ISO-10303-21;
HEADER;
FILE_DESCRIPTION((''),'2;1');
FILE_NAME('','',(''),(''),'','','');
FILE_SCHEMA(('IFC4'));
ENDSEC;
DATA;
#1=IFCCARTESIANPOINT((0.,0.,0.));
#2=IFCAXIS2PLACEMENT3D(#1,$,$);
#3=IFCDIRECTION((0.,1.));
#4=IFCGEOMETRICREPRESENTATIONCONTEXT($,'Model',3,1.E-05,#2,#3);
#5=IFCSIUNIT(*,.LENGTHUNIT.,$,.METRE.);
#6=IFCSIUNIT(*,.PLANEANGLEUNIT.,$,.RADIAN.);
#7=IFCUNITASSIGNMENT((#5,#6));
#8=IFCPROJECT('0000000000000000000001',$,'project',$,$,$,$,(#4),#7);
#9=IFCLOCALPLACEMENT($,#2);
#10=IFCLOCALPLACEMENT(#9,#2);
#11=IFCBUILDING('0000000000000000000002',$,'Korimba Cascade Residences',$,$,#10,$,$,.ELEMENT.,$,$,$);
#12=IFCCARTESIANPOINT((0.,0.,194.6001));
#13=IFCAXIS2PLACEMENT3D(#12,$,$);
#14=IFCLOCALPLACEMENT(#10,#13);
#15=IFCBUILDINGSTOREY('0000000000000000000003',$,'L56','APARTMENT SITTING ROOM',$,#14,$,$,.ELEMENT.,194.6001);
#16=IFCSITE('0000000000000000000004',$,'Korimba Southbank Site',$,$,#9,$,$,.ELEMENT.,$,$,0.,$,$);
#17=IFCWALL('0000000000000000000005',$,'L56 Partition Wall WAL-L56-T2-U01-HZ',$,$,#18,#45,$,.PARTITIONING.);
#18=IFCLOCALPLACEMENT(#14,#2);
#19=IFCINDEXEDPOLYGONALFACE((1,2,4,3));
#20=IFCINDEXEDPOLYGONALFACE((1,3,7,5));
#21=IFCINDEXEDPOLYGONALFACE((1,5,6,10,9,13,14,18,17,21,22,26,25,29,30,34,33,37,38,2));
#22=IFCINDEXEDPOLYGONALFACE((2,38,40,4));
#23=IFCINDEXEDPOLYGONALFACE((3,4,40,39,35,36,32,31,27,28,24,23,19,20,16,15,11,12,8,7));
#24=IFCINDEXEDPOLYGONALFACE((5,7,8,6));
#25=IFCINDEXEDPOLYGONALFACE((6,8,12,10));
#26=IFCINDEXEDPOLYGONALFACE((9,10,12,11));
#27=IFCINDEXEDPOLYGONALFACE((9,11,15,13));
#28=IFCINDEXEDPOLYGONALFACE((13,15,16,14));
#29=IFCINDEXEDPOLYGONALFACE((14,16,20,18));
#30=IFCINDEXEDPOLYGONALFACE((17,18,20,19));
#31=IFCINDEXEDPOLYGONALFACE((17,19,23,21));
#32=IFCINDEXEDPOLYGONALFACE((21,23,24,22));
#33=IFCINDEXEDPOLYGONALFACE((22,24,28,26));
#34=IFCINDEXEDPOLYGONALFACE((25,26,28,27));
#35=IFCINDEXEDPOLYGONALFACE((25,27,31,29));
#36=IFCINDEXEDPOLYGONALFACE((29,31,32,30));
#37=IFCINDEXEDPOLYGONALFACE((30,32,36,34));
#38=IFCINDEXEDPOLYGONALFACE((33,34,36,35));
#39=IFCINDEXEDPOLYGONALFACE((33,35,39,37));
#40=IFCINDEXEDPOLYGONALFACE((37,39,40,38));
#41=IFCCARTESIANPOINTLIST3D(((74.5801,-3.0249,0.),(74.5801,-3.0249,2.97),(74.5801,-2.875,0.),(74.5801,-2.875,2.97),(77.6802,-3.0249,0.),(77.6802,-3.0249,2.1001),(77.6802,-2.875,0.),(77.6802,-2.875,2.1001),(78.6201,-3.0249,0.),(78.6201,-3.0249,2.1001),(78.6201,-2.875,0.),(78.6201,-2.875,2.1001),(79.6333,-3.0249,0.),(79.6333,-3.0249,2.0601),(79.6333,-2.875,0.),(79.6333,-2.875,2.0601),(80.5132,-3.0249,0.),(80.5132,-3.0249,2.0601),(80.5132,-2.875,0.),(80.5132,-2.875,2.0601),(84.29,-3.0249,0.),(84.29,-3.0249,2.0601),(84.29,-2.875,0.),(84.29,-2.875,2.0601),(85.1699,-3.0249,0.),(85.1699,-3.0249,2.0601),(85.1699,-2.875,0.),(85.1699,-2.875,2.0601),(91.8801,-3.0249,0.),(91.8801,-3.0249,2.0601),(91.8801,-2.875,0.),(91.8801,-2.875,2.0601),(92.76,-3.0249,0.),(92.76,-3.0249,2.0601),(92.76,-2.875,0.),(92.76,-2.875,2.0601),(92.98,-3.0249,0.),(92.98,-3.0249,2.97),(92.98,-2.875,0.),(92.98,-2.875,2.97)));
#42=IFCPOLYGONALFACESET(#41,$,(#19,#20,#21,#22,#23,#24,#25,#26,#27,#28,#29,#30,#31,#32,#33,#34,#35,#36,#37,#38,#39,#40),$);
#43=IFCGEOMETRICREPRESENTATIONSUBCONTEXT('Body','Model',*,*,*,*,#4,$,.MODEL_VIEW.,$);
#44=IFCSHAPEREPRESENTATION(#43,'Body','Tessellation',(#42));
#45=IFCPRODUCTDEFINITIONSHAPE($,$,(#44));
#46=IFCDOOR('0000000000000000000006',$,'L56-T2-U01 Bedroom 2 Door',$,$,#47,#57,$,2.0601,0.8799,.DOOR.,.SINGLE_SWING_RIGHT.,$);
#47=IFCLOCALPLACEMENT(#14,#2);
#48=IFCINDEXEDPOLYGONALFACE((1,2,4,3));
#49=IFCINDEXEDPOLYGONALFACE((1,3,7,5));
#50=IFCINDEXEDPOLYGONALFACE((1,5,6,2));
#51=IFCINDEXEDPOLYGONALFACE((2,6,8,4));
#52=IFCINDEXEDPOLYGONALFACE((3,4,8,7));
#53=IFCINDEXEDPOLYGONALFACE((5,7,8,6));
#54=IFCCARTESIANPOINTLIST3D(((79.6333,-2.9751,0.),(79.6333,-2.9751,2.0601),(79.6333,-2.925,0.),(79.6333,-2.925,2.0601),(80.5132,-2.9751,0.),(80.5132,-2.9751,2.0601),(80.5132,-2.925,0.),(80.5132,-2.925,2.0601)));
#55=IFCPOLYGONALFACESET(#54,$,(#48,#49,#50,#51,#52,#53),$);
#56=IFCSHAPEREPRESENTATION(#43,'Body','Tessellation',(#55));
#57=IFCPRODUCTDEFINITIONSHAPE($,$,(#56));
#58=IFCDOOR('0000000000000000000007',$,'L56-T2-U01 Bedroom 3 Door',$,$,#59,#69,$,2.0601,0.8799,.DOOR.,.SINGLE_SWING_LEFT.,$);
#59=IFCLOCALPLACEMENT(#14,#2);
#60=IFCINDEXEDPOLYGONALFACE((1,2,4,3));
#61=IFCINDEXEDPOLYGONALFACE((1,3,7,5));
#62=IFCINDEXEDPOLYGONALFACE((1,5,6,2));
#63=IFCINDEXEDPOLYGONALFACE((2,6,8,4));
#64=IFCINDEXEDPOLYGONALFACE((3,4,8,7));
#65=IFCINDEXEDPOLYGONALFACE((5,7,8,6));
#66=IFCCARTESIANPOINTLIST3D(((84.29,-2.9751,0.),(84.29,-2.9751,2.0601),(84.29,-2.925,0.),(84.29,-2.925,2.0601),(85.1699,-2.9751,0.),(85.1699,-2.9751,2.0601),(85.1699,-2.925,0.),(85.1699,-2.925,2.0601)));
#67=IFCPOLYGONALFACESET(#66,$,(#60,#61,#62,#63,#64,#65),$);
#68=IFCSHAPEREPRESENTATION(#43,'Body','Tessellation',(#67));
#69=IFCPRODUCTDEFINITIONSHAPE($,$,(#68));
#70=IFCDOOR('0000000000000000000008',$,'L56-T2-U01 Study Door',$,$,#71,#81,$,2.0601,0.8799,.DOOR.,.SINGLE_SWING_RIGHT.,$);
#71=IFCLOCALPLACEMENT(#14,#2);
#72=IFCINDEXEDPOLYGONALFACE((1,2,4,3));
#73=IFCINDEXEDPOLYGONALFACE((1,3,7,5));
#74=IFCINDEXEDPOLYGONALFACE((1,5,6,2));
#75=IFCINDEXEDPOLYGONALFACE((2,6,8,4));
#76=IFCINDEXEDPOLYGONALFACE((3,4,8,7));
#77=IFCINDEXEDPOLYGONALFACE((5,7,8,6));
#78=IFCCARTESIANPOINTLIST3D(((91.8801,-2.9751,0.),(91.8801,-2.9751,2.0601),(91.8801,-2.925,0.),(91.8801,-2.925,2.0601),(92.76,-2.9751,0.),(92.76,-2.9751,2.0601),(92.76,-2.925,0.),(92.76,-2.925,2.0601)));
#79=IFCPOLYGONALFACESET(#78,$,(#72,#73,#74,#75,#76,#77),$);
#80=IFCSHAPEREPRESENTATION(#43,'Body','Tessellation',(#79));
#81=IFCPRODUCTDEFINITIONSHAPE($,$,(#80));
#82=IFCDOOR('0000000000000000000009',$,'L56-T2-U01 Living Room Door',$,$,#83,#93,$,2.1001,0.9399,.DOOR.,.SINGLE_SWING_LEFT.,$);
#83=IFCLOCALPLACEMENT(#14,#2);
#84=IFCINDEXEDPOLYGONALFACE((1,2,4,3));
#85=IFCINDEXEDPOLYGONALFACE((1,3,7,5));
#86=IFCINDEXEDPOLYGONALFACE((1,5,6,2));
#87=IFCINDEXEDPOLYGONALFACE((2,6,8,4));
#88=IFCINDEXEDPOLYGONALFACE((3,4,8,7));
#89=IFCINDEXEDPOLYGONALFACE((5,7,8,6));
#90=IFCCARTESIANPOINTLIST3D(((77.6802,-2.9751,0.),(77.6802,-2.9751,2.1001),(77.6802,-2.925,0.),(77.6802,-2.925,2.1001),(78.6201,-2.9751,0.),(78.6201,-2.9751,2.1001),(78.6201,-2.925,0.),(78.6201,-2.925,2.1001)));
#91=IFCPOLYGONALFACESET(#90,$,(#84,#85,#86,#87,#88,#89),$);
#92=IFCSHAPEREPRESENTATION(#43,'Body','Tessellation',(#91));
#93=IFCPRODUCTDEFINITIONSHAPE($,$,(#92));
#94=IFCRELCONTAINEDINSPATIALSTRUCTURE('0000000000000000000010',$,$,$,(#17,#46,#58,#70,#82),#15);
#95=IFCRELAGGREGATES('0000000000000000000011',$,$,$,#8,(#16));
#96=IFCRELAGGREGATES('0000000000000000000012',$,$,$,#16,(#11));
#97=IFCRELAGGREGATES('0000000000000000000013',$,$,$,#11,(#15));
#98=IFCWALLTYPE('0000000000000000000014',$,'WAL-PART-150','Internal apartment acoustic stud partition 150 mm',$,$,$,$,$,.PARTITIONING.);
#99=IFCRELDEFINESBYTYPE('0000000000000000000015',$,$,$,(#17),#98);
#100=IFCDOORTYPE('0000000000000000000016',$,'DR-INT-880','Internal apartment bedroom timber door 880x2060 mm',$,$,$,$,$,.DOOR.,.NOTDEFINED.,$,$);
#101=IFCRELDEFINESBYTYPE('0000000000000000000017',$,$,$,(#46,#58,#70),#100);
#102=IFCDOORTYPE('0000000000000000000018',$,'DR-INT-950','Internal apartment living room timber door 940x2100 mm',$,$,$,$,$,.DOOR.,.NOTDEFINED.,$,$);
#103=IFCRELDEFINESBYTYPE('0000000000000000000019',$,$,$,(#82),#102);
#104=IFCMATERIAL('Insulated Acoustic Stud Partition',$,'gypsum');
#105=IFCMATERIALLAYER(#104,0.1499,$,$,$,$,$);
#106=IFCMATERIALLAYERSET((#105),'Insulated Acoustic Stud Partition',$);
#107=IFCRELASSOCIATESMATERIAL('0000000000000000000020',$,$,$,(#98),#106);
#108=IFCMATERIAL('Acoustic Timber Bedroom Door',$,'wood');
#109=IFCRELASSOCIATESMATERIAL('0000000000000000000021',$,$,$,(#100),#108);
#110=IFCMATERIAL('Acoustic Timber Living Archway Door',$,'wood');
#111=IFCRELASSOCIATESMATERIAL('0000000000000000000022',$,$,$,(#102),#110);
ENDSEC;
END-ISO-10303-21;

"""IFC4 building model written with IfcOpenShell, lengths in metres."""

from ifc_helpers import new_model, si_unit, direction, frame, frame_2d, origin, place, context, subcontext, project, spatial, rectangle, extrude, material, layer, layer_set, type_object, element, fill, save


model = new_model("IFC4")

# Units and contexts
model_context = context("Model", 3, precision=1e-05, world=origin(), true_north=direction((0.0, 1.0)))
body_context = subcontext(model_context, "Body", "Model", "MODEL_VIEW")
ifc_project = project(units=[si_unit("LENGTHUNIT", "METRE"), si_unit("PLANEANGLEUNIT", "RADIAN")], contexts=[model_context])

# Site, building, storey
site_placement = place(None, origin())
site = spatial("IfcSite", under=ifc_project, at=site_placement, Name="Korimba Southbank Site", CompositionType="ELEMENT", RefElevation=0.0)
building_placement = place(site_placement, origin())
building = spatial("IfcBuilding", under=site, at=building_placement, Name="Korimba Cascade Residences", CompositionType="ELEMENT")
storey_placement = place(building_placement, frame((0.0, 0.0, 194.6001)))
storey = spatial("IfcBuildingStorey", under=building, at=storey_placement, Name="L56", Description="APARTMENT SITTING ROOM", CompositionType="ELEMENT", Elevation=194.6001)

# Shared definitions
ifc_material_1 = material(Name="Insulated Acoustic Stud Partition", Category="gypsum")
ifc_layer_1 = layer(ifc_material_1, 0.1499)
ifc_layer_set_1 = layer_set([ifc_layer_1], Name="Insulated Acoustic Stud Partition")
wall_type_1 = type_object("IfcWallType", Name="WAL-PART-150", Description="Internal apartment acoustic stud partition 150 mm", PredefinedType="PARTITIONING", material=ifc_layer_set_1)
ifc_material_2 = material(Name="Acoustic Timber Bedroom Door", Category="wood")
door_type_1 = type_object("IfcDoorType", Name="DR-INT-880", Description="Internal apartment bedroom timber door 880x2060 mm", OperationType="NOTDEFINED", PredefinedType="DOOR", material=ifc_material_2)

# Wall, openings, doors
wall_1_placement = place(storey_placement, frame((74.5801, -2.95, 0.0), z_axis=(0.0, 0.0, 1.0), x_axis=(1.0, 0.0, 0.0)))
wall_1 = element("IfcWall", 1, at=wall_1_placement, inside=storey, type_object=wall_type_1, Name="L56 Partition Wall WAL-L56-T2-U01-HZ", PredefinedType="PARTITIONING", context=body_context, shape_type="SweptSolid", body=[
    extrude(rectangle(XDim=18.3999, YDim=0.1499, at=frame_2d((9.2, 0.0))), origin(), (0.0, 0.0, 1.0), 2.97),
])
opening_1_placement = place(wall_1_placement, frame((3.1001, 0.0, 0.0)))
opening_1 = element("IfcOpeningElement", 2, at=opening_1_placement, cuts=wall_1, PredefinedType="OPENING", context=body_context, shape_type="SweptSolid", body=[
    extrude(rectangle(XDim=0.9399, YDim=2.1001, at=frame_2d((0.47, 1.05))), frame((0.0, 0.085, 0.0), z_axis=(0.0, -1.0, 0.0), x_axis=(1.0, 0.0, 0.0)), (0.0, 0.0, 1.0), 0.1699),
])
opening_2_placement = place(wall_1_placement, frame((5.0532, 0.0, 0.0)))
opening_2 = element("IfcOpeningElement", 3, at=opening_2_placement, cuts=wall_1, PredefinedType="OPENING", context=body_context, shape_type="SweptSolid", body=[
    extrude(rectangle(XDim=0.8799, YDim=2.0601, at=frame_2d((0.4399, 1.03))), frame((0.0, 0.085, 0.0), z_axis=(0.0, -1.0, 0.0), x_axis=(1.0, 0.0, 0.0)), (0.0, 0.0, 1.0), 0.1699),
])
opening_3_placement = place(wall_1_placement, frame((9.71, 0.0, 0.0)))
opening_3 = element("IfcOpeningElement", 4, at=opening_3_placement, cuts=wall_1, PredefinedType="OPENING", context=body_context, shape_type="SweptSolid", body=[
    extrude(rectangle(XDim=0.8799, YDim=2.0601, at=frame_2d((0.4399, 1.03))), frame((0.0, 0.085, 0.0), z_axis=(0.0, -1.0, 0.0), x_axis=(1.0, 0.0, 0.0)), (0.0, 0.0, 1.0), 0.1699),
])
opening_4_placement = place(wall_1_placement, frame((17.3, 0.0, 0.0)))
opening_4 = element("IfcOpeningElement", 5, at=opening_4_placement, cuts=wall_1, PredefinedType="OPENING", context=body_context, shape_type="SweptSolid", body=[
    extrude(rectangle(XDim=0.8799, YDim=2.0601, at=frame_2d((0.4399, 1.03))), frame((0.0, 0.085, 0.0), z_axis=(0.0, -1.0, 0.0), x_axis=(1.0, 0.0, 0.0)), (0.0, 0.0, 1.0), 0.1699),
])
door_1_placement = place(opening_2_placement, origin())
door_1 = element("IfcDoor", 6, at=door_1_placement, inside=storey, type_object=door_type_1, Name="L56-T2-U01 Bedroom 2 Door", OperationType="SINGLE_SWING_RIGHT", OverallHeight=2.0601, OverallWidth=0.8799, PredefinedType="DOOR", context=body_context, shape_type="SweptSolid", body=[
    extrude(rectangle(XDim=0.8799, YDim=2.0601, at=frame_2d((0.4399, 1.03))), frame((0.0, 0.0249, 0.0), z_axis=(0.0, -1.0, 0.0), x_axis=(1.0, 0.0, 0.0)), (0.0, 0.0, 1.0), 0.05),
])
fill(opening_2, door_1)
door_2_placement = place(opening_3_placement, origin())
door_2 = element("IfcDoor", 7, at=door_2_placement, inside=storey, type_object=door_type_1, Name="L56-T2-U01 Bedroom 3 Door", OperationType="SINGLE_SWING_LEFT", OverallHeight=2.0601, OverallWidth=0.8799, PredefinedType="DOOR", context=body_context, shape_type="SweptSolid", body=[
    extrude(rectangle(XDim=0.8799, YDim=2.0601, at=frame_2d((0.4399, 1.03))), frame((0.0, 0.0249, 0.0), z_axis=(0.0, -1.0, 0.0), x_axis=(1.0, 0.0, 0.0)), (0.0, 0.0, 1.0), 0.05),
])
fill(opening_3, door_2)
door_3_placement = place(opening_4_placement, origin())
door_3 = element("IfcDoor", 8, at=door_3_placement, inside=storey, type_object=door_type_1, Name="L56-T2-U01 Study Door", OperationType="SINGLE_SWING_RIGHT", OverallHeight=2.0601, OverallWidth=0.8799, PredefinedType="DOOR", context=body_context, shape_type="SweptSolid", body=[
    extrude(rectangle(XDim=0.8799, YDim=2.0601, at=frame_2d((0.4399, 1.03))), frame((0.0, 0.0249, 0.0), z_axis=(0.0, -1.0, 0.0), x_axis=(1.0, 0.0, 0.0)), (0.0, 0.0, 1.0), 0.05),
])
fill(opening_4, door_3)
ifc_material_3 = material(Name="Acoustic Timber Living Archway Door", Category="wood")
door_type_2 = type_object("IfcDoorType", Name="DR-INT-950", Description="Internal apartment living room timber door 940x2100 mm", OperationType="NOTDEFINED", PredefinedType="DOOR", material=ifc_material_3)
door_4_placement = place(opening_1_placement, origin())
door_4 = element("IfcDoor", 9, at=door_4_placement, inside=storey, type_object=door_type_2, Name="L56-T2-U01 Living Room Door", OperationType="SINGLE_SWING_LEFT", OverallHeight=2.1001, OverallWidth=0.9399, PredefinedType="DOOR", context=body_context, shape_type="SweptSolid", body=[
    extrude(rectangle(XDim=0.9399, YDim=2.1001, at=frame_2d((0.47, 1.05))), frame((0.0, 0.0249, 0.0), z_axis=(0.0, -1.0, 0.0), x_axis=(1.0, 0.0, 0.0)), (0.0, 0.0, 1.0), 0.05),
])
fill(opening_1, door_4)

save(model, "model.ifc")
